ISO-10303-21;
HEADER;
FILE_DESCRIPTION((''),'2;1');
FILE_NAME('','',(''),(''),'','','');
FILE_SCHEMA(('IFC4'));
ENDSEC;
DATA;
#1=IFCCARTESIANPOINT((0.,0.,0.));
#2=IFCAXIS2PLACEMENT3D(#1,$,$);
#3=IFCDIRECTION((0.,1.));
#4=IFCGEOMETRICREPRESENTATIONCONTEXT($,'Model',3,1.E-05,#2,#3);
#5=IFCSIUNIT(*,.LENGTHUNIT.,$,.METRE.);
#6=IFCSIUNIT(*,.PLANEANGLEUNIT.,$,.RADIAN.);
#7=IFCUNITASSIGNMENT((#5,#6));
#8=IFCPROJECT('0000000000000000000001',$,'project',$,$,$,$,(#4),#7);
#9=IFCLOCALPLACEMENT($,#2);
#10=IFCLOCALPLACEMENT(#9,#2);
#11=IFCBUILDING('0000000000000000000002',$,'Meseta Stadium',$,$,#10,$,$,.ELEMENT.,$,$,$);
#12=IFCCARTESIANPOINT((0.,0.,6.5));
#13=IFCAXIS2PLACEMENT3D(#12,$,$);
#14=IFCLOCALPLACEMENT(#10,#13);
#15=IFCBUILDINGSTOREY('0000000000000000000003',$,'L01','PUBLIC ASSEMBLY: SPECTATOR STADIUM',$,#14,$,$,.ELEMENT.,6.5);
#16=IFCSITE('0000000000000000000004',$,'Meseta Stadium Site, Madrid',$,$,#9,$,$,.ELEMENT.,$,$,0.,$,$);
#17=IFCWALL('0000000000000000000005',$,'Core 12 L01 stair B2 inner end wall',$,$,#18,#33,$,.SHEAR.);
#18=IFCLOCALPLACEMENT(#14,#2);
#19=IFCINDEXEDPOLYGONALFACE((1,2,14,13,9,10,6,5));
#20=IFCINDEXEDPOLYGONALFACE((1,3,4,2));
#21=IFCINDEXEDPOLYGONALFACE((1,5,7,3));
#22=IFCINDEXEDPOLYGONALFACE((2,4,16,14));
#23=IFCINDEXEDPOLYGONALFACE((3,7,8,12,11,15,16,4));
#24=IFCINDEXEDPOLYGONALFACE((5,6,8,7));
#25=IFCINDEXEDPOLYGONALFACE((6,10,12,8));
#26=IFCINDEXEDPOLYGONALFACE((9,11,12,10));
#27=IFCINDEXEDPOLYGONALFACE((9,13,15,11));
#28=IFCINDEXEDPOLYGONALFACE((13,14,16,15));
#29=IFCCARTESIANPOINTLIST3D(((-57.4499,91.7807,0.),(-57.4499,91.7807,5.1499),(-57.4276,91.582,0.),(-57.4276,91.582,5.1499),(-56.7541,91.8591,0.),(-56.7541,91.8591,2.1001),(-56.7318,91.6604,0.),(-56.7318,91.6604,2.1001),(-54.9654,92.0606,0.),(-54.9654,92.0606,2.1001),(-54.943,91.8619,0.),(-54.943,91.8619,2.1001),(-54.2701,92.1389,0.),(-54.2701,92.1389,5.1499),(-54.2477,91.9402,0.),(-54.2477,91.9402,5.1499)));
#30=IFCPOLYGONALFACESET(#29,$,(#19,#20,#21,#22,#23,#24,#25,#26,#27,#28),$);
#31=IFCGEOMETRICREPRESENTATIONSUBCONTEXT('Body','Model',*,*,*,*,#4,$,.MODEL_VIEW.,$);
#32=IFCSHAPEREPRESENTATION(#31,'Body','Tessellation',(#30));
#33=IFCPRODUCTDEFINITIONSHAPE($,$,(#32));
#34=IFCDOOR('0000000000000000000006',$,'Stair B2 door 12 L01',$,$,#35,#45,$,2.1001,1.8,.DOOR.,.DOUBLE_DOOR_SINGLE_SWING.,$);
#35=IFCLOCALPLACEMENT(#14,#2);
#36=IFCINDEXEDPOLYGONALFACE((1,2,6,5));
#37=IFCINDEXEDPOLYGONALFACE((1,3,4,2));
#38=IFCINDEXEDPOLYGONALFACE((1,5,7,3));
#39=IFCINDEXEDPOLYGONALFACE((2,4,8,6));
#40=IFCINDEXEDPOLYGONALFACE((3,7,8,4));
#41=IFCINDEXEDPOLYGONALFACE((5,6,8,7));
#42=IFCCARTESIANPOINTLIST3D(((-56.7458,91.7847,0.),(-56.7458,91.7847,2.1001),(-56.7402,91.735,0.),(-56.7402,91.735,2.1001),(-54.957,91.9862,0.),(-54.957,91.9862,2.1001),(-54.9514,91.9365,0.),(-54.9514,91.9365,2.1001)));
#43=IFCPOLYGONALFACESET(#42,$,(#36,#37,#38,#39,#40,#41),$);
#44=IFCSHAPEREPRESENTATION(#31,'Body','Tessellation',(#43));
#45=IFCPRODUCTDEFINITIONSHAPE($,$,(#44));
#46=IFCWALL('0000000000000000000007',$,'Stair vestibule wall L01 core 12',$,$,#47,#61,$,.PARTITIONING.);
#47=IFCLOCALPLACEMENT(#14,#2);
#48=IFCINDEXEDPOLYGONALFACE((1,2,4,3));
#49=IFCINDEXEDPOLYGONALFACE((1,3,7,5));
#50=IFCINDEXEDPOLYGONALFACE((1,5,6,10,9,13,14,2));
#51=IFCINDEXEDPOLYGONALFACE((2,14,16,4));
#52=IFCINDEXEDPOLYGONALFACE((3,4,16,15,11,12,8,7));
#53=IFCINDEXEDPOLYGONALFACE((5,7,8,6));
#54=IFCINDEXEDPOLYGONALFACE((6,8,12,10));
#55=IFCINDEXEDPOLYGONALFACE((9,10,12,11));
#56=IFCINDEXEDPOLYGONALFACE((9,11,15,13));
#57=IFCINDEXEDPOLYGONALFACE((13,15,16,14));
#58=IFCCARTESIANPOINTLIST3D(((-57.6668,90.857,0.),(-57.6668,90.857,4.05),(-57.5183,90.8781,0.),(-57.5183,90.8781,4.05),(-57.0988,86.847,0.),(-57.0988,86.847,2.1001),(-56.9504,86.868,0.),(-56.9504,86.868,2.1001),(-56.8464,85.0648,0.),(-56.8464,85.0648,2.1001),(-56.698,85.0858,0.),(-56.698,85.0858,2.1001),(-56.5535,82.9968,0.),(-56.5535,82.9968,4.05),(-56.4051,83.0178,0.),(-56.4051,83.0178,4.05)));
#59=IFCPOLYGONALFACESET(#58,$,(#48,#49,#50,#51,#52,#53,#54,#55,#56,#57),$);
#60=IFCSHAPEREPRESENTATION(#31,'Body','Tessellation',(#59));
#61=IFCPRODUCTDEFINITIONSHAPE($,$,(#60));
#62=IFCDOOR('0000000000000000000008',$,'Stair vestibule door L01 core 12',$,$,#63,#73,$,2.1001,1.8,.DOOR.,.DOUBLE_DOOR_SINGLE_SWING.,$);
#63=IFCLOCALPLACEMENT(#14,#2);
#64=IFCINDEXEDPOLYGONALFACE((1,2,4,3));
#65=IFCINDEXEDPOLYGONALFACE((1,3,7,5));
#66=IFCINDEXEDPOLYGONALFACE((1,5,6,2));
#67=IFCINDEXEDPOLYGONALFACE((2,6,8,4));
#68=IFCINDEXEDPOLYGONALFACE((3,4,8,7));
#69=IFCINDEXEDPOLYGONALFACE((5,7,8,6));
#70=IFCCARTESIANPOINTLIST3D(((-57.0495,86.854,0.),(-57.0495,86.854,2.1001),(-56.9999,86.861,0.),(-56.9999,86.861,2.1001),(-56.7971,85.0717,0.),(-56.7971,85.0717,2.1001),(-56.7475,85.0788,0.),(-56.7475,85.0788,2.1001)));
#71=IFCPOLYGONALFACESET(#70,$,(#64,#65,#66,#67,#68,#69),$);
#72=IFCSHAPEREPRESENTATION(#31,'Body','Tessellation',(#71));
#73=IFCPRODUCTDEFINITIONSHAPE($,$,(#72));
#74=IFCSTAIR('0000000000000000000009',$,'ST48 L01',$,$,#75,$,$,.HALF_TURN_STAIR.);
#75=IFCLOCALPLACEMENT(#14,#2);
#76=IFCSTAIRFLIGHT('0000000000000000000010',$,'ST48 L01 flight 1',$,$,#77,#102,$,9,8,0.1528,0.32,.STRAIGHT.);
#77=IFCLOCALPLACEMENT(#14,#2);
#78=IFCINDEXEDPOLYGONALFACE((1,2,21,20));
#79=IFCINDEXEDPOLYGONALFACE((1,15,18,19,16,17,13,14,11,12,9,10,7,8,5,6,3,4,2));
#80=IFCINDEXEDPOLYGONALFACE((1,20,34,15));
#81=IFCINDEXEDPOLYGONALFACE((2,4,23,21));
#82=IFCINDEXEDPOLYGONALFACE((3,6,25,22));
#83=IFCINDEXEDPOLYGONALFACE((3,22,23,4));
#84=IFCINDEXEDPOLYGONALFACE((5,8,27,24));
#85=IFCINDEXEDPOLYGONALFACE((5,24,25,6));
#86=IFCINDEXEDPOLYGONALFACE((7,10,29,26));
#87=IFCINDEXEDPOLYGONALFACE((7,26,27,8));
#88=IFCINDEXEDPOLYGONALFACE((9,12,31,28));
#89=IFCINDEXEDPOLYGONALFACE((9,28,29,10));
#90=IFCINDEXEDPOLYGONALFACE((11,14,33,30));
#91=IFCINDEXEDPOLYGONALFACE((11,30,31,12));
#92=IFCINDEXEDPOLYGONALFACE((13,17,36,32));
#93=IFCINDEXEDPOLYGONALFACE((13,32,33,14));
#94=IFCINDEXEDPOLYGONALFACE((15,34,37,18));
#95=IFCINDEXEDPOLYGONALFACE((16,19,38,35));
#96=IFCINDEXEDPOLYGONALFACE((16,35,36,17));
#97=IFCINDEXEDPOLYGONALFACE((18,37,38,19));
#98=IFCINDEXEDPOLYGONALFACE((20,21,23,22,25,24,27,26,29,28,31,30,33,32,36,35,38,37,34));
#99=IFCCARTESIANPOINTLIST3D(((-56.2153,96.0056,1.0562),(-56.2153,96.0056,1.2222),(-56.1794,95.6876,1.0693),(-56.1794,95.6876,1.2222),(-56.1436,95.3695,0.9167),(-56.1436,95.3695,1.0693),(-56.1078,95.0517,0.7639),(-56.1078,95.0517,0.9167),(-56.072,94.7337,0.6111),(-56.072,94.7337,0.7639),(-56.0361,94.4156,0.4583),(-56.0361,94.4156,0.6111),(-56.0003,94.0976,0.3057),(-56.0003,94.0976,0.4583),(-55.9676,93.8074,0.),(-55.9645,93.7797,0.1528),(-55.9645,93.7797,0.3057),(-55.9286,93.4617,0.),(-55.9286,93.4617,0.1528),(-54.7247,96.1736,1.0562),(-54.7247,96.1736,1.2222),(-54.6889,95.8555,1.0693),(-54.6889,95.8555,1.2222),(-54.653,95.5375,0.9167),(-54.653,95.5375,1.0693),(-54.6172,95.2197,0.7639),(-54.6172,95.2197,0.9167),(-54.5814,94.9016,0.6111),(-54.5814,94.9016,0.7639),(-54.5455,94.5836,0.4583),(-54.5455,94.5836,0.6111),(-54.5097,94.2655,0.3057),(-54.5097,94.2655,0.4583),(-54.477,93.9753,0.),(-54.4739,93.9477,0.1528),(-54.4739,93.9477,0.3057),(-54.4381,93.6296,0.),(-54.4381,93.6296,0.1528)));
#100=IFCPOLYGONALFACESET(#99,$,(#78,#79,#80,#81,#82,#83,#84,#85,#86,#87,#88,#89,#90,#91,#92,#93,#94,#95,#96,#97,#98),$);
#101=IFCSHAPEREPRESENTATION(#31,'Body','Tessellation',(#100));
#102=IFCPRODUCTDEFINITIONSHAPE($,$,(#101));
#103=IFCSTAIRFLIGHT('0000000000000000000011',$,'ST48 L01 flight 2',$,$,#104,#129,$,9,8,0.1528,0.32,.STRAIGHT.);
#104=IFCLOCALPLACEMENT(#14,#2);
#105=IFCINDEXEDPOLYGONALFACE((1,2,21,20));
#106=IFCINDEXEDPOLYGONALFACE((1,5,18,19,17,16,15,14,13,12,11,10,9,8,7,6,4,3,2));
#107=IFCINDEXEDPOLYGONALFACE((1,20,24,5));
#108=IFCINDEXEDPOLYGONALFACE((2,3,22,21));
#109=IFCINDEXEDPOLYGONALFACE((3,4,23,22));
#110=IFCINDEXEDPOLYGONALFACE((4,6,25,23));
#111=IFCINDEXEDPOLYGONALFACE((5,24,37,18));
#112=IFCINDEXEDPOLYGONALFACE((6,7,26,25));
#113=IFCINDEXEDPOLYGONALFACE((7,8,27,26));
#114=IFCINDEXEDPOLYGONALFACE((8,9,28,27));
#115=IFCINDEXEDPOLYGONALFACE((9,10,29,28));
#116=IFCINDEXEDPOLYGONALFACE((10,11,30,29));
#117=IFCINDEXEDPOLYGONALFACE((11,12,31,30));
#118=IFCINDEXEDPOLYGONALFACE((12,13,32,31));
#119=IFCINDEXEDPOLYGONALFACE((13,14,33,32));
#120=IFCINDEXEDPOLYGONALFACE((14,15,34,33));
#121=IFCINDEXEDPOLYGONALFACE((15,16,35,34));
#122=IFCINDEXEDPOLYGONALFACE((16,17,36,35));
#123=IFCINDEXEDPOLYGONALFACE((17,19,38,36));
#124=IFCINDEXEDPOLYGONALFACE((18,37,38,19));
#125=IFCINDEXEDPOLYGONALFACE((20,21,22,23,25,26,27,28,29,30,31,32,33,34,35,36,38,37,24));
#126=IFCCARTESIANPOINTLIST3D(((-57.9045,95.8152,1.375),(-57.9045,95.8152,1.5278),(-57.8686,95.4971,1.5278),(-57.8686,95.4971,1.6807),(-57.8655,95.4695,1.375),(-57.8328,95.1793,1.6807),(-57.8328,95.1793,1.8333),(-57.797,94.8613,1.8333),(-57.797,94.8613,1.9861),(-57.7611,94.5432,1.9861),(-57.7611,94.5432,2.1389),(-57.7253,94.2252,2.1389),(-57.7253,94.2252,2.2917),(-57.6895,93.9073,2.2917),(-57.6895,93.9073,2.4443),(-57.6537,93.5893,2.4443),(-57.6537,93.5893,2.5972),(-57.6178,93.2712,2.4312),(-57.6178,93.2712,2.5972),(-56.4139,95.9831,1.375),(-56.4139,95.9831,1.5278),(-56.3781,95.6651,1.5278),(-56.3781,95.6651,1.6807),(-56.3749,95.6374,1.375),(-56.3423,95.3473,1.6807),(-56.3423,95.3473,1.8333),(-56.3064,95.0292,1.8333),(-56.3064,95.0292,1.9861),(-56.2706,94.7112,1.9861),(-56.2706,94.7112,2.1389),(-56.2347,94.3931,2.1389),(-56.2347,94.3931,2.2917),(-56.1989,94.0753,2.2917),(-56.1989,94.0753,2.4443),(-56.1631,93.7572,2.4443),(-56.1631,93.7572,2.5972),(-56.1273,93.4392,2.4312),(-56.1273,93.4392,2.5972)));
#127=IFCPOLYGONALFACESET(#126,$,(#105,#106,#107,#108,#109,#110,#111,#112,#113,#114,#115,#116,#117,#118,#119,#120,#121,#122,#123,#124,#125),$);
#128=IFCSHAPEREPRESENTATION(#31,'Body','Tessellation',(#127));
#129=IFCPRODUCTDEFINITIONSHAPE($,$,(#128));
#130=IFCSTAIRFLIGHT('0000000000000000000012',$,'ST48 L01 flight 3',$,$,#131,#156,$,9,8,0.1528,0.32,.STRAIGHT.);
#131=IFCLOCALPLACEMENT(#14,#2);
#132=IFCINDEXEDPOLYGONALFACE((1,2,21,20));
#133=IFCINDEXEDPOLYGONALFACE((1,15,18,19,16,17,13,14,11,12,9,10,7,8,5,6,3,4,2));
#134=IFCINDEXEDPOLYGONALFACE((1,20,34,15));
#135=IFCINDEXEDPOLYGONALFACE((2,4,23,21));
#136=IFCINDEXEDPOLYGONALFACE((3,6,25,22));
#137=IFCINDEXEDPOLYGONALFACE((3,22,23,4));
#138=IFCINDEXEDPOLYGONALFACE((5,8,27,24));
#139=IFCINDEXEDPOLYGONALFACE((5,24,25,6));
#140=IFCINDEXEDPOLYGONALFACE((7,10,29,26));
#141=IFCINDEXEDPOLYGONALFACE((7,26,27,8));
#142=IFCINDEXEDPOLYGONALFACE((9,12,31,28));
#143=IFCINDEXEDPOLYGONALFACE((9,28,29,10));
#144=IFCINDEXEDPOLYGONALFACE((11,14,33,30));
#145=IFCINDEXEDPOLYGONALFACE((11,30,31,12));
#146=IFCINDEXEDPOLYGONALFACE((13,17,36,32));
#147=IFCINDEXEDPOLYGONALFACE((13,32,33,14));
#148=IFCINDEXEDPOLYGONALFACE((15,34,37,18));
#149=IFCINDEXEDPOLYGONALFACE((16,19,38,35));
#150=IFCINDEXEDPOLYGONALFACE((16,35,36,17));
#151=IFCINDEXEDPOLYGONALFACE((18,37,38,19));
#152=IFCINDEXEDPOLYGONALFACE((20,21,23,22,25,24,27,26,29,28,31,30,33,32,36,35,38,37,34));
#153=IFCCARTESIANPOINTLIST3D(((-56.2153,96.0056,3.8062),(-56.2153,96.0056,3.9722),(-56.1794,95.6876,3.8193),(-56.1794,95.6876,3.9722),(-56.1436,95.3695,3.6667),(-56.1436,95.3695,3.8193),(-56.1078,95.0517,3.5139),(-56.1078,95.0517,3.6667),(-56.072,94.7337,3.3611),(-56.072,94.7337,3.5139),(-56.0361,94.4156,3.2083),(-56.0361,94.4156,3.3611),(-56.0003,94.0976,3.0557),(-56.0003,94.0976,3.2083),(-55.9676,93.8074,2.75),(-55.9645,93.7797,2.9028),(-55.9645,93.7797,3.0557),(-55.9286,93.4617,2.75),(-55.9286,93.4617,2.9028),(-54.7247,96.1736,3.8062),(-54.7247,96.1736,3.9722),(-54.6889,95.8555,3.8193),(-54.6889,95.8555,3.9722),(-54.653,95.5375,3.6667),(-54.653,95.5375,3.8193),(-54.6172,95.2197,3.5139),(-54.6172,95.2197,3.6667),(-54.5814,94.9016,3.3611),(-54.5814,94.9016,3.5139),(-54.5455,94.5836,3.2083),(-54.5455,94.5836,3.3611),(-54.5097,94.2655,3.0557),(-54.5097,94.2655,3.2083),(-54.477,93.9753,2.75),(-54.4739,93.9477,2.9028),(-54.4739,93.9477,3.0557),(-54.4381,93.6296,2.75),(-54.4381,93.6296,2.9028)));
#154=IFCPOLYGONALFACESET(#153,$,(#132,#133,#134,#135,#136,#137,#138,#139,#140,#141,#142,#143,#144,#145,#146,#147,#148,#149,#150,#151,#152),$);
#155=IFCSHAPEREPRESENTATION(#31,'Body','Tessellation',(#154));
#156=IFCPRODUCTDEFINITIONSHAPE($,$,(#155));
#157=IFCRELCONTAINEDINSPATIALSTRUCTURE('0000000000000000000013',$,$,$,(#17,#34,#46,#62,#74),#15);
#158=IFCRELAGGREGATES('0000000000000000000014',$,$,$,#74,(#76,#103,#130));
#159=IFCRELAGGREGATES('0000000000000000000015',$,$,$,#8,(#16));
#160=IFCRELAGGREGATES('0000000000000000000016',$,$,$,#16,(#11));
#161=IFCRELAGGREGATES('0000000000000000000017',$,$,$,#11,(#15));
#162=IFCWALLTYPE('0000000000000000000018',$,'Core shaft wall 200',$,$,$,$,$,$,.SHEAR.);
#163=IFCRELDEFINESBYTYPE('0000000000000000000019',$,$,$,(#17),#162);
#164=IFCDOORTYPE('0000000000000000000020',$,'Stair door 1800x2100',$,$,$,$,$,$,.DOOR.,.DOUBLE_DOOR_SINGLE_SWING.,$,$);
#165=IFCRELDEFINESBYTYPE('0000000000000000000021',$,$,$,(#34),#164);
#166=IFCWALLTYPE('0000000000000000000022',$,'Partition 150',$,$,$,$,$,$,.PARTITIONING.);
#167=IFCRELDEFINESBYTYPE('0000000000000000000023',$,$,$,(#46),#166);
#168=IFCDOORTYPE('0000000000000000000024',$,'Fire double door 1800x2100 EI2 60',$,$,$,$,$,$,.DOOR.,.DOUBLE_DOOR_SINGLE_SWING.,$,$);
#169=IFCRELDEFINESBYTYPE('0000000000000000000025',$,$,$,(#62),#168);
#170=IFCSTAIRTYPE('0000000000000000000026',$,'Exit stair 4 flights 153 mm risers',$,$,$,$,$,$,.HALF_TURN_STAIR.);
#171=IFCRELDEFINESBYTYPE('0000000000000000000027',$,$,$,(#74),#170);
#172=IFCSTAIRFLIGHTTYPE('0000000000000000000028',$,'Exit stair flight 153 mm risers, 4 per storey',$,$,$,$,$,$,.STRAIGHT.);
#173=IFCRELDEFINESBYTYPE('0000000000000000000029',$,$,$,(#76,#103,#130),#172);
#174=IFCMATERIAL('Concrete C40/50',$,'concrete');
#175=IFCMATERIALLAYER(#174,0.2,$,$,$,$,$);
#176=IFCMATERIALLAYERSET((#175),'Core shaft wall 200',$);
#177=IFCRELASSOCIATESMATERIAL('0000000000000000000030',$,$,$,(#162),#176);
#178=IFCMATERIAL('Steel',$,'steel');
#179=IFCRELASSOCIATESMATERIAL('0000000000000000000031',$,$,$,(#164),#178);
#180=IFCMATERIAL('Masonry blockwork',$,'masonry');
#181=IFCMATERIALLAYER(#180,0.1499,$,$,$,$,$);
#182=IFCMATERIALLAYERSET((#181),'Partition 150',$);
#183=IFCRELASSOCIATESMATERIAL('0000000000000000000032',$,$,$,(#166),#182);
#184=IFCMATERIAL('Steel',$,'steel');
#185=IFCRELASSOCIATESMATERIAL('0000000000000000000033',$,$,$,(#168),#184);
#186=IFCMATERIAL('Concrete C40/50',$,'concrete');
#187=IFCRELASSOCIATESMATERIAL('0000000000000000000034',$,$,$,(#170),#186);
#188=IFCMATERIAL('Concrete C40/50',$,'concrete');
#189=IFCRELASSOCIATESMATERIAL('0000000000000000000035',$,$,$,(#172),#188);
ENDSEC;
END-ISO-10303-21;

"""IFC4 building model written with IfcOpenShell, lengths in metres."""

from ifc_helpers import new_model, si_unit, direction, frame, frame_2d, origin, place, context, subcontext, project, spatial, polyline, rectangle, outline, extrude, material, layer, layer_set, type_object, element, fill, aggregate, save


model = new_model("IFC4")

# Units and contexts
model_context = context("Model", 3, precision=1e-05, world=origin(), true_north=direction((0.0, 1.0)))
body_context = subcontext(model_context, "Body", "Model", "MODEL_VIEW")
ifc_project = project(units=[si_unit("LENGTHUNIT", "METRE"), si_unit("PLANEANGLEUNIT", "RADIAN")], contexts=[model_context])

# Site, building, storey
site_placement = place(None, origin())
site = spatial("IfcSite", under=ifc_project, at=site_placement, Name="Meseta Stadium Site, Madrid", CompositionType="ELEMENT", RefElevation=0.0)
building_placement = place(site_placement, origin())
building = spatial("IfcBuilding", under=site, at=building_placement, Name="Meseta Stadium", CompositionType="ELEMENT")
storey_placement = place(building_placement, frame((0.0, 0.0, 6.5)))
storey = spatial("IfcBuildingStorey", under=building, at=storey_placement, Name="L01", Description="PUBLIC ASSEMBLY: SPECTATOR STADIUM", CompositionType="ELEMENT", Elevation=6.5)

# Walls, openings, doors
ifc_material_1 = material(Name="Concrete C40/50", Category="concrete")
ifc_layer_1 = layer(ifc_material_1, 0.2)
ifc_layer_set_1 = layer_set([ifc_layer_1], Name="Core shaft wall 200")
wall_type_1 = type_object("IfcWallType", Name="Core shaft wall 200", PredefinedType="SHEAR", material=ifc_layer_set_1)
wall_1_placement = place(storey_placement, frame((-54.2588, 92.0396, 0.0), z_axis=(0.0, 0.0, 1.0), x_axis=(-0.993717, -0.111922, 0.0)))
wall_1 = element("IfcWall", 1, at=wall_1_placement, inside=storey, type_object=wall_type_1, Name="Core 12 L01 stair B2 inner end wall", PredefinedType="SHEAR", context=body_context, shape_type="SweptSolid", body=[
    extrude(rectangle(XDim=3.2, YDim=0.2, at=frame_2d((1.6001, 0.0))), origin(), (0.0, 0.0, 1.0), 5.1499),
])
opening_1_placement = place(wall_1_placement, frame((0.7, 0.0, 0.0)))
opening_1 = element("IfcOpeningElement", 2, at=opening_1_placement, cuts=wall_1, PredefinedType="OPENING", context=body_context, shape_type="SweptSolid", body=[
    extrude(rectangle(XDim=1.8, YDim=2.1001, at=frame_2d((0.8999, 1.05))), frame((0.0, 0.1099, 0.0), z_axis=(0.0, -1.0, 0.0), x_axis=(1.0, 0.0, 0.0)), (0.0, 0.0, 1.0), 0.22),
])
ifc_material_2 = material(Name="Steel", Category="steel")
door_type_1 = type_object("IfcDoorType", Name="Stair door 1800x2100", OperationType="DOUBLE_DOOR_SINGLE_SWING", PredefinedType="DOOR", material=ifc_material_2)
door_1_placement = place(opening_1_placement, origin())
door_1 = element("IfcDoor", 3, at=door_1_placement, inside=storey, type_object=door_type_1, Name="Stair B2 door 12 L01", OperationType="DOUBLE_DOOR_SINGLE_SWING", OverallHeight=2.1001, OverallWidth=1.8, PredefinedType="DOOR", context=body_context, shape_type="SweptSolid", body=[
    extrude(rectangle(XDim=1.8, YDim=2.1001, at=frame_2d((0.8999, 1.05))), frame((0.0, 0.0249, 0.0), z_axis=(0.0, -1.0, 0.0), x_axis=(1.0, 0.0, 0.0)), (0.0, 0.0, 1.0), 0.05),
])
fill(opening_1, door_1)
ifc_material_3 = material(Name="Masonry blockwork", Category="masonry")
ifc_layer_2 = layer(ifc_material_3, 0.1499)
ifc_layer_set_2 = layer_set([ifc_layer_2], Name="Partition 150")
wall_type_2 = type_object("IfcWallType", Name="Partition 150", PredefinedType="PARTITIONING", material=ifc_layer_set_2)
wall_2_placement = place(storey_placement, frame((-57.5925, 90.8674, 0.0), z_axis=(0.0, 0.0, 1.0), x_axis=(0.140233, -0.990119, 0.0)))
wall_2 = element("IfcWall", 4, at=wall_2_placement, inside=storey, type_object=wall_type_2, Name="Stair vestibule wall L01 core 12", PredefinedType="PARTITIONING", context=body_context, shape_type="SweptSolid", body=[
    extrude(rectangle(XDim=7.9387, YDim=0.1499, at=frame_2d((3.9692, 0.0))), origin(), (0.0, 0.0, 1.0), 4.05),
])
opening_2_placement = place(wall_2_placement, frame((4.05, 0.0, 0.0)))
opening_2 = element("IfcOpeningElement", 5, at=opening_2_placement, cuts=wall_2, PredefinedType="OPENING", context=body_context, shape_type="SweptSolid", body=[
    extrude(rectangle(XDim=1.8, YDim=2.1001, at=frame_2d((0.8999, 1.05))), frame((0.0, 0.085, 0.0), z_axis=(0.0, -1.0, 0.0), x_axis=(1.0, 0.0, 0.0)), (0.0, 0.0, 1.0), 0.1699),
])
ifc_material_4 = material(Name="Steel", Category="steel")
door_type_2 = type_object("IfcDoorType", Name="Fire double door 1800x2100 EI2 60", OperationType="DOUBLE_DOOR_SINGLE_SWING", PredefinedType="DOOR", material=ifc_material_4)
door_2_placement = place(opening_2_placement, origin())
door_2 = element("IfcDoor", 6, at=door_2_placement, inside=storey, type_object=door_type_2, Name="Stair vestibule door L01 core 12", OperationType="DOUBLE_DOOR_SINGLE_SWING", OverallHeight=2.1001, OverallWidth=1.8, PredefinedType="DOOR", context=body_context, shape_type="SweptSolid", body=[
    extrude(rectangle(XDim=1.8, YDim=2.1001, at=frame_2d((0.8999, 1.05))), frame((0.0, 0.0249, 0.0), z_axis=(0.0, -1.0, 0.0), x_axis=(1.0, 0.0, 0.0)), (0.0, 0.0, 1.0), 0.05),
])
fill(opening_2, door_2)

# Stair, stair flights
ifc_material_5 = material(Name="Concrete C40/50", Category="concrete")
stair_type = type_object("IfcStairType", Name="Exit stair 4 flights 153 mm risers", PredefinedType="HALF_TURN_STAIR", material=ifc_material_5)
stair_placement = place(storey_placement, origin())
stair = element("IfcStair", 7, at=stair_placement, inside=storey, type_object=stair_type, Name="ST48 L01", PredefinedType="HALF_TURN_STAIR")
ifc_material_6 = material(Name="Concrete C40/50", Category="concrete")
stair_flight_type = type_object("IfcStairFlightType", Name="Exit stair flight 153 mm risers, 4 per storey", PredefinedType="STRAIGHT", material=ifc_material_6)
stair_flight_1_placement = place(storey_placement, frame((-55.1833, 93.5457, 0.0), z_axis=(0.0, 0.0, 1.0), x_axis=(-0.111964, 0.993712, 0.0)))
stair_flight_1 = element("IfcStairFlight", 8, at=stair_flight_1_placement, type_object=stair_flight_type, Name="ST48 L01 flight 1", NumberOfRisers=9, NumberOfTreads=8, PredefinedType="STRAIGHT", RiserHeight=0.1528, TreadLength=0.32, context=body_context, shape_type="SweptSolid", body=[
    extrude(outline(polyline([(0.0, 0.0), (0.0, 0.1528), (0.3201, 0.1528), (0.3201, 0.3057), (0.6399, 0.3057), (0.6399, 0.4583), (0.96, 0.4583), (0.96, 0.6111), (1.28, 0.6111), (1.28, 0.7639), (1.6001, 0.7639), (1.6001, 0.9167), (1.9199, 0.9167), (1.9199, 1.0693), (2.24, 1.0693), (2.24, 1.2222), (2.5601, 1.2222), (2.5601, 1.0562), (0.3479, 0.0), (0.0, 0.0)])), frame((0.0, 0.75, 0.0), z_axis=(0.0, -1.0, 0.0), x_axis=(1.0, 0.0, 0.0)), (0.0, 0.0, 1.0), 1.5),
])
stair_flight_2_placement = place(storey_placement, frame((-57.1592, 95.8992, 1.375), z_axis=(0.0, 0.0, 1.0), x_axis=(0.111964, -0.993712, 0.0)))
stair_flight_2 = element("IfcStairFlight", 9, at=stair_flight_2_placement, type_object=stair_flight_type, Name="ST48 L01 flight 2", NumberOfRisers=9, NumberOfTreads=8, PredefinedType="STRAIGHT", RiserHeight=0.1528, TreadLength=0.32, context=body_context, shape_type="SweptSolid", body=[
    extrude(outline(polyline([(0.0, 0.0), (0.0, 0.1528), (0.3201, 0.1528), (0.3201, 0.3057), (0.6399, 0.3057), (0.6399, 0.4583), (0.96, 0.4583), (0.96, 0.6111), (1.28, 0.6111), (1.28, 0.7639), (1.6001, 0.7639), (1.6001, 0.9167), (1.9199, 0.9167), (1.9199, 1.0693), (2.24, 1.0693), (2.24, 1.2222), (2.5601, 1.2222), (2.5601, 1.0562), (0.3479, 0.0), (0.0, 0.0)])), frame((0.0, 0.75, 0.0), z_axis=(0.0, -1.0, 0.0), x_axis=(1.0, 0.0, 0.0)), (0.0, 0.0, 1.0), 1.5),
])
stair_flight_3_placement = place(storey_placement, frame((-55.1833, 93.5457, 2.75), z_axis=(0.0, 0.0, 1.0), x_axis=(-0.111964, 0.993712, 0.0)))
stair_flight_3 = element("IfcStairFlight", 10, at=stair_flight_3_placement, type_object=stair_flight_type, Name="ST48 L01 flight 3", NumberOfRisers=9, NumberOfTreads=8, PredefinedType="STRAIGHT", RiserHeight=0.1528, TreadLength=0.32, context=body_context, shape_type="SweptSolid", body=[
    extrude(outline(polyline([(0.0, 0.0), (0.0, 0.1528), (0.3201, 0.1528), (0.3201, 0.3057), (0.6399, 0.3057), (0.6399, 0.4583), (0.96, 0.4583), (0.96, 0.6111), (1.28, 0.6111), (1.28, 0.7639), (1.6001, 0.7639), (1.6001, 0.9167), (1.9199, 0.9167), (1.9199, 1.0693), (2.24, 1.0693), (2.24, 1.2222), (2.5601, 1.2222), (2.5601, 1.0562), (0.3479, 0.0), (0.0, 0.0)])), frame((0.0, 0.75, 0.0), z_axis=(0.0, -1.0, 0.0), x_axis=(1.0, 0.0, 0.0)), (0.0, 0.0, 1.0), 1.5),
])
aggregate(stair, [stair_flight_1, stair_flight_2, stair_flight_3])

save(model, "model.ifc")
